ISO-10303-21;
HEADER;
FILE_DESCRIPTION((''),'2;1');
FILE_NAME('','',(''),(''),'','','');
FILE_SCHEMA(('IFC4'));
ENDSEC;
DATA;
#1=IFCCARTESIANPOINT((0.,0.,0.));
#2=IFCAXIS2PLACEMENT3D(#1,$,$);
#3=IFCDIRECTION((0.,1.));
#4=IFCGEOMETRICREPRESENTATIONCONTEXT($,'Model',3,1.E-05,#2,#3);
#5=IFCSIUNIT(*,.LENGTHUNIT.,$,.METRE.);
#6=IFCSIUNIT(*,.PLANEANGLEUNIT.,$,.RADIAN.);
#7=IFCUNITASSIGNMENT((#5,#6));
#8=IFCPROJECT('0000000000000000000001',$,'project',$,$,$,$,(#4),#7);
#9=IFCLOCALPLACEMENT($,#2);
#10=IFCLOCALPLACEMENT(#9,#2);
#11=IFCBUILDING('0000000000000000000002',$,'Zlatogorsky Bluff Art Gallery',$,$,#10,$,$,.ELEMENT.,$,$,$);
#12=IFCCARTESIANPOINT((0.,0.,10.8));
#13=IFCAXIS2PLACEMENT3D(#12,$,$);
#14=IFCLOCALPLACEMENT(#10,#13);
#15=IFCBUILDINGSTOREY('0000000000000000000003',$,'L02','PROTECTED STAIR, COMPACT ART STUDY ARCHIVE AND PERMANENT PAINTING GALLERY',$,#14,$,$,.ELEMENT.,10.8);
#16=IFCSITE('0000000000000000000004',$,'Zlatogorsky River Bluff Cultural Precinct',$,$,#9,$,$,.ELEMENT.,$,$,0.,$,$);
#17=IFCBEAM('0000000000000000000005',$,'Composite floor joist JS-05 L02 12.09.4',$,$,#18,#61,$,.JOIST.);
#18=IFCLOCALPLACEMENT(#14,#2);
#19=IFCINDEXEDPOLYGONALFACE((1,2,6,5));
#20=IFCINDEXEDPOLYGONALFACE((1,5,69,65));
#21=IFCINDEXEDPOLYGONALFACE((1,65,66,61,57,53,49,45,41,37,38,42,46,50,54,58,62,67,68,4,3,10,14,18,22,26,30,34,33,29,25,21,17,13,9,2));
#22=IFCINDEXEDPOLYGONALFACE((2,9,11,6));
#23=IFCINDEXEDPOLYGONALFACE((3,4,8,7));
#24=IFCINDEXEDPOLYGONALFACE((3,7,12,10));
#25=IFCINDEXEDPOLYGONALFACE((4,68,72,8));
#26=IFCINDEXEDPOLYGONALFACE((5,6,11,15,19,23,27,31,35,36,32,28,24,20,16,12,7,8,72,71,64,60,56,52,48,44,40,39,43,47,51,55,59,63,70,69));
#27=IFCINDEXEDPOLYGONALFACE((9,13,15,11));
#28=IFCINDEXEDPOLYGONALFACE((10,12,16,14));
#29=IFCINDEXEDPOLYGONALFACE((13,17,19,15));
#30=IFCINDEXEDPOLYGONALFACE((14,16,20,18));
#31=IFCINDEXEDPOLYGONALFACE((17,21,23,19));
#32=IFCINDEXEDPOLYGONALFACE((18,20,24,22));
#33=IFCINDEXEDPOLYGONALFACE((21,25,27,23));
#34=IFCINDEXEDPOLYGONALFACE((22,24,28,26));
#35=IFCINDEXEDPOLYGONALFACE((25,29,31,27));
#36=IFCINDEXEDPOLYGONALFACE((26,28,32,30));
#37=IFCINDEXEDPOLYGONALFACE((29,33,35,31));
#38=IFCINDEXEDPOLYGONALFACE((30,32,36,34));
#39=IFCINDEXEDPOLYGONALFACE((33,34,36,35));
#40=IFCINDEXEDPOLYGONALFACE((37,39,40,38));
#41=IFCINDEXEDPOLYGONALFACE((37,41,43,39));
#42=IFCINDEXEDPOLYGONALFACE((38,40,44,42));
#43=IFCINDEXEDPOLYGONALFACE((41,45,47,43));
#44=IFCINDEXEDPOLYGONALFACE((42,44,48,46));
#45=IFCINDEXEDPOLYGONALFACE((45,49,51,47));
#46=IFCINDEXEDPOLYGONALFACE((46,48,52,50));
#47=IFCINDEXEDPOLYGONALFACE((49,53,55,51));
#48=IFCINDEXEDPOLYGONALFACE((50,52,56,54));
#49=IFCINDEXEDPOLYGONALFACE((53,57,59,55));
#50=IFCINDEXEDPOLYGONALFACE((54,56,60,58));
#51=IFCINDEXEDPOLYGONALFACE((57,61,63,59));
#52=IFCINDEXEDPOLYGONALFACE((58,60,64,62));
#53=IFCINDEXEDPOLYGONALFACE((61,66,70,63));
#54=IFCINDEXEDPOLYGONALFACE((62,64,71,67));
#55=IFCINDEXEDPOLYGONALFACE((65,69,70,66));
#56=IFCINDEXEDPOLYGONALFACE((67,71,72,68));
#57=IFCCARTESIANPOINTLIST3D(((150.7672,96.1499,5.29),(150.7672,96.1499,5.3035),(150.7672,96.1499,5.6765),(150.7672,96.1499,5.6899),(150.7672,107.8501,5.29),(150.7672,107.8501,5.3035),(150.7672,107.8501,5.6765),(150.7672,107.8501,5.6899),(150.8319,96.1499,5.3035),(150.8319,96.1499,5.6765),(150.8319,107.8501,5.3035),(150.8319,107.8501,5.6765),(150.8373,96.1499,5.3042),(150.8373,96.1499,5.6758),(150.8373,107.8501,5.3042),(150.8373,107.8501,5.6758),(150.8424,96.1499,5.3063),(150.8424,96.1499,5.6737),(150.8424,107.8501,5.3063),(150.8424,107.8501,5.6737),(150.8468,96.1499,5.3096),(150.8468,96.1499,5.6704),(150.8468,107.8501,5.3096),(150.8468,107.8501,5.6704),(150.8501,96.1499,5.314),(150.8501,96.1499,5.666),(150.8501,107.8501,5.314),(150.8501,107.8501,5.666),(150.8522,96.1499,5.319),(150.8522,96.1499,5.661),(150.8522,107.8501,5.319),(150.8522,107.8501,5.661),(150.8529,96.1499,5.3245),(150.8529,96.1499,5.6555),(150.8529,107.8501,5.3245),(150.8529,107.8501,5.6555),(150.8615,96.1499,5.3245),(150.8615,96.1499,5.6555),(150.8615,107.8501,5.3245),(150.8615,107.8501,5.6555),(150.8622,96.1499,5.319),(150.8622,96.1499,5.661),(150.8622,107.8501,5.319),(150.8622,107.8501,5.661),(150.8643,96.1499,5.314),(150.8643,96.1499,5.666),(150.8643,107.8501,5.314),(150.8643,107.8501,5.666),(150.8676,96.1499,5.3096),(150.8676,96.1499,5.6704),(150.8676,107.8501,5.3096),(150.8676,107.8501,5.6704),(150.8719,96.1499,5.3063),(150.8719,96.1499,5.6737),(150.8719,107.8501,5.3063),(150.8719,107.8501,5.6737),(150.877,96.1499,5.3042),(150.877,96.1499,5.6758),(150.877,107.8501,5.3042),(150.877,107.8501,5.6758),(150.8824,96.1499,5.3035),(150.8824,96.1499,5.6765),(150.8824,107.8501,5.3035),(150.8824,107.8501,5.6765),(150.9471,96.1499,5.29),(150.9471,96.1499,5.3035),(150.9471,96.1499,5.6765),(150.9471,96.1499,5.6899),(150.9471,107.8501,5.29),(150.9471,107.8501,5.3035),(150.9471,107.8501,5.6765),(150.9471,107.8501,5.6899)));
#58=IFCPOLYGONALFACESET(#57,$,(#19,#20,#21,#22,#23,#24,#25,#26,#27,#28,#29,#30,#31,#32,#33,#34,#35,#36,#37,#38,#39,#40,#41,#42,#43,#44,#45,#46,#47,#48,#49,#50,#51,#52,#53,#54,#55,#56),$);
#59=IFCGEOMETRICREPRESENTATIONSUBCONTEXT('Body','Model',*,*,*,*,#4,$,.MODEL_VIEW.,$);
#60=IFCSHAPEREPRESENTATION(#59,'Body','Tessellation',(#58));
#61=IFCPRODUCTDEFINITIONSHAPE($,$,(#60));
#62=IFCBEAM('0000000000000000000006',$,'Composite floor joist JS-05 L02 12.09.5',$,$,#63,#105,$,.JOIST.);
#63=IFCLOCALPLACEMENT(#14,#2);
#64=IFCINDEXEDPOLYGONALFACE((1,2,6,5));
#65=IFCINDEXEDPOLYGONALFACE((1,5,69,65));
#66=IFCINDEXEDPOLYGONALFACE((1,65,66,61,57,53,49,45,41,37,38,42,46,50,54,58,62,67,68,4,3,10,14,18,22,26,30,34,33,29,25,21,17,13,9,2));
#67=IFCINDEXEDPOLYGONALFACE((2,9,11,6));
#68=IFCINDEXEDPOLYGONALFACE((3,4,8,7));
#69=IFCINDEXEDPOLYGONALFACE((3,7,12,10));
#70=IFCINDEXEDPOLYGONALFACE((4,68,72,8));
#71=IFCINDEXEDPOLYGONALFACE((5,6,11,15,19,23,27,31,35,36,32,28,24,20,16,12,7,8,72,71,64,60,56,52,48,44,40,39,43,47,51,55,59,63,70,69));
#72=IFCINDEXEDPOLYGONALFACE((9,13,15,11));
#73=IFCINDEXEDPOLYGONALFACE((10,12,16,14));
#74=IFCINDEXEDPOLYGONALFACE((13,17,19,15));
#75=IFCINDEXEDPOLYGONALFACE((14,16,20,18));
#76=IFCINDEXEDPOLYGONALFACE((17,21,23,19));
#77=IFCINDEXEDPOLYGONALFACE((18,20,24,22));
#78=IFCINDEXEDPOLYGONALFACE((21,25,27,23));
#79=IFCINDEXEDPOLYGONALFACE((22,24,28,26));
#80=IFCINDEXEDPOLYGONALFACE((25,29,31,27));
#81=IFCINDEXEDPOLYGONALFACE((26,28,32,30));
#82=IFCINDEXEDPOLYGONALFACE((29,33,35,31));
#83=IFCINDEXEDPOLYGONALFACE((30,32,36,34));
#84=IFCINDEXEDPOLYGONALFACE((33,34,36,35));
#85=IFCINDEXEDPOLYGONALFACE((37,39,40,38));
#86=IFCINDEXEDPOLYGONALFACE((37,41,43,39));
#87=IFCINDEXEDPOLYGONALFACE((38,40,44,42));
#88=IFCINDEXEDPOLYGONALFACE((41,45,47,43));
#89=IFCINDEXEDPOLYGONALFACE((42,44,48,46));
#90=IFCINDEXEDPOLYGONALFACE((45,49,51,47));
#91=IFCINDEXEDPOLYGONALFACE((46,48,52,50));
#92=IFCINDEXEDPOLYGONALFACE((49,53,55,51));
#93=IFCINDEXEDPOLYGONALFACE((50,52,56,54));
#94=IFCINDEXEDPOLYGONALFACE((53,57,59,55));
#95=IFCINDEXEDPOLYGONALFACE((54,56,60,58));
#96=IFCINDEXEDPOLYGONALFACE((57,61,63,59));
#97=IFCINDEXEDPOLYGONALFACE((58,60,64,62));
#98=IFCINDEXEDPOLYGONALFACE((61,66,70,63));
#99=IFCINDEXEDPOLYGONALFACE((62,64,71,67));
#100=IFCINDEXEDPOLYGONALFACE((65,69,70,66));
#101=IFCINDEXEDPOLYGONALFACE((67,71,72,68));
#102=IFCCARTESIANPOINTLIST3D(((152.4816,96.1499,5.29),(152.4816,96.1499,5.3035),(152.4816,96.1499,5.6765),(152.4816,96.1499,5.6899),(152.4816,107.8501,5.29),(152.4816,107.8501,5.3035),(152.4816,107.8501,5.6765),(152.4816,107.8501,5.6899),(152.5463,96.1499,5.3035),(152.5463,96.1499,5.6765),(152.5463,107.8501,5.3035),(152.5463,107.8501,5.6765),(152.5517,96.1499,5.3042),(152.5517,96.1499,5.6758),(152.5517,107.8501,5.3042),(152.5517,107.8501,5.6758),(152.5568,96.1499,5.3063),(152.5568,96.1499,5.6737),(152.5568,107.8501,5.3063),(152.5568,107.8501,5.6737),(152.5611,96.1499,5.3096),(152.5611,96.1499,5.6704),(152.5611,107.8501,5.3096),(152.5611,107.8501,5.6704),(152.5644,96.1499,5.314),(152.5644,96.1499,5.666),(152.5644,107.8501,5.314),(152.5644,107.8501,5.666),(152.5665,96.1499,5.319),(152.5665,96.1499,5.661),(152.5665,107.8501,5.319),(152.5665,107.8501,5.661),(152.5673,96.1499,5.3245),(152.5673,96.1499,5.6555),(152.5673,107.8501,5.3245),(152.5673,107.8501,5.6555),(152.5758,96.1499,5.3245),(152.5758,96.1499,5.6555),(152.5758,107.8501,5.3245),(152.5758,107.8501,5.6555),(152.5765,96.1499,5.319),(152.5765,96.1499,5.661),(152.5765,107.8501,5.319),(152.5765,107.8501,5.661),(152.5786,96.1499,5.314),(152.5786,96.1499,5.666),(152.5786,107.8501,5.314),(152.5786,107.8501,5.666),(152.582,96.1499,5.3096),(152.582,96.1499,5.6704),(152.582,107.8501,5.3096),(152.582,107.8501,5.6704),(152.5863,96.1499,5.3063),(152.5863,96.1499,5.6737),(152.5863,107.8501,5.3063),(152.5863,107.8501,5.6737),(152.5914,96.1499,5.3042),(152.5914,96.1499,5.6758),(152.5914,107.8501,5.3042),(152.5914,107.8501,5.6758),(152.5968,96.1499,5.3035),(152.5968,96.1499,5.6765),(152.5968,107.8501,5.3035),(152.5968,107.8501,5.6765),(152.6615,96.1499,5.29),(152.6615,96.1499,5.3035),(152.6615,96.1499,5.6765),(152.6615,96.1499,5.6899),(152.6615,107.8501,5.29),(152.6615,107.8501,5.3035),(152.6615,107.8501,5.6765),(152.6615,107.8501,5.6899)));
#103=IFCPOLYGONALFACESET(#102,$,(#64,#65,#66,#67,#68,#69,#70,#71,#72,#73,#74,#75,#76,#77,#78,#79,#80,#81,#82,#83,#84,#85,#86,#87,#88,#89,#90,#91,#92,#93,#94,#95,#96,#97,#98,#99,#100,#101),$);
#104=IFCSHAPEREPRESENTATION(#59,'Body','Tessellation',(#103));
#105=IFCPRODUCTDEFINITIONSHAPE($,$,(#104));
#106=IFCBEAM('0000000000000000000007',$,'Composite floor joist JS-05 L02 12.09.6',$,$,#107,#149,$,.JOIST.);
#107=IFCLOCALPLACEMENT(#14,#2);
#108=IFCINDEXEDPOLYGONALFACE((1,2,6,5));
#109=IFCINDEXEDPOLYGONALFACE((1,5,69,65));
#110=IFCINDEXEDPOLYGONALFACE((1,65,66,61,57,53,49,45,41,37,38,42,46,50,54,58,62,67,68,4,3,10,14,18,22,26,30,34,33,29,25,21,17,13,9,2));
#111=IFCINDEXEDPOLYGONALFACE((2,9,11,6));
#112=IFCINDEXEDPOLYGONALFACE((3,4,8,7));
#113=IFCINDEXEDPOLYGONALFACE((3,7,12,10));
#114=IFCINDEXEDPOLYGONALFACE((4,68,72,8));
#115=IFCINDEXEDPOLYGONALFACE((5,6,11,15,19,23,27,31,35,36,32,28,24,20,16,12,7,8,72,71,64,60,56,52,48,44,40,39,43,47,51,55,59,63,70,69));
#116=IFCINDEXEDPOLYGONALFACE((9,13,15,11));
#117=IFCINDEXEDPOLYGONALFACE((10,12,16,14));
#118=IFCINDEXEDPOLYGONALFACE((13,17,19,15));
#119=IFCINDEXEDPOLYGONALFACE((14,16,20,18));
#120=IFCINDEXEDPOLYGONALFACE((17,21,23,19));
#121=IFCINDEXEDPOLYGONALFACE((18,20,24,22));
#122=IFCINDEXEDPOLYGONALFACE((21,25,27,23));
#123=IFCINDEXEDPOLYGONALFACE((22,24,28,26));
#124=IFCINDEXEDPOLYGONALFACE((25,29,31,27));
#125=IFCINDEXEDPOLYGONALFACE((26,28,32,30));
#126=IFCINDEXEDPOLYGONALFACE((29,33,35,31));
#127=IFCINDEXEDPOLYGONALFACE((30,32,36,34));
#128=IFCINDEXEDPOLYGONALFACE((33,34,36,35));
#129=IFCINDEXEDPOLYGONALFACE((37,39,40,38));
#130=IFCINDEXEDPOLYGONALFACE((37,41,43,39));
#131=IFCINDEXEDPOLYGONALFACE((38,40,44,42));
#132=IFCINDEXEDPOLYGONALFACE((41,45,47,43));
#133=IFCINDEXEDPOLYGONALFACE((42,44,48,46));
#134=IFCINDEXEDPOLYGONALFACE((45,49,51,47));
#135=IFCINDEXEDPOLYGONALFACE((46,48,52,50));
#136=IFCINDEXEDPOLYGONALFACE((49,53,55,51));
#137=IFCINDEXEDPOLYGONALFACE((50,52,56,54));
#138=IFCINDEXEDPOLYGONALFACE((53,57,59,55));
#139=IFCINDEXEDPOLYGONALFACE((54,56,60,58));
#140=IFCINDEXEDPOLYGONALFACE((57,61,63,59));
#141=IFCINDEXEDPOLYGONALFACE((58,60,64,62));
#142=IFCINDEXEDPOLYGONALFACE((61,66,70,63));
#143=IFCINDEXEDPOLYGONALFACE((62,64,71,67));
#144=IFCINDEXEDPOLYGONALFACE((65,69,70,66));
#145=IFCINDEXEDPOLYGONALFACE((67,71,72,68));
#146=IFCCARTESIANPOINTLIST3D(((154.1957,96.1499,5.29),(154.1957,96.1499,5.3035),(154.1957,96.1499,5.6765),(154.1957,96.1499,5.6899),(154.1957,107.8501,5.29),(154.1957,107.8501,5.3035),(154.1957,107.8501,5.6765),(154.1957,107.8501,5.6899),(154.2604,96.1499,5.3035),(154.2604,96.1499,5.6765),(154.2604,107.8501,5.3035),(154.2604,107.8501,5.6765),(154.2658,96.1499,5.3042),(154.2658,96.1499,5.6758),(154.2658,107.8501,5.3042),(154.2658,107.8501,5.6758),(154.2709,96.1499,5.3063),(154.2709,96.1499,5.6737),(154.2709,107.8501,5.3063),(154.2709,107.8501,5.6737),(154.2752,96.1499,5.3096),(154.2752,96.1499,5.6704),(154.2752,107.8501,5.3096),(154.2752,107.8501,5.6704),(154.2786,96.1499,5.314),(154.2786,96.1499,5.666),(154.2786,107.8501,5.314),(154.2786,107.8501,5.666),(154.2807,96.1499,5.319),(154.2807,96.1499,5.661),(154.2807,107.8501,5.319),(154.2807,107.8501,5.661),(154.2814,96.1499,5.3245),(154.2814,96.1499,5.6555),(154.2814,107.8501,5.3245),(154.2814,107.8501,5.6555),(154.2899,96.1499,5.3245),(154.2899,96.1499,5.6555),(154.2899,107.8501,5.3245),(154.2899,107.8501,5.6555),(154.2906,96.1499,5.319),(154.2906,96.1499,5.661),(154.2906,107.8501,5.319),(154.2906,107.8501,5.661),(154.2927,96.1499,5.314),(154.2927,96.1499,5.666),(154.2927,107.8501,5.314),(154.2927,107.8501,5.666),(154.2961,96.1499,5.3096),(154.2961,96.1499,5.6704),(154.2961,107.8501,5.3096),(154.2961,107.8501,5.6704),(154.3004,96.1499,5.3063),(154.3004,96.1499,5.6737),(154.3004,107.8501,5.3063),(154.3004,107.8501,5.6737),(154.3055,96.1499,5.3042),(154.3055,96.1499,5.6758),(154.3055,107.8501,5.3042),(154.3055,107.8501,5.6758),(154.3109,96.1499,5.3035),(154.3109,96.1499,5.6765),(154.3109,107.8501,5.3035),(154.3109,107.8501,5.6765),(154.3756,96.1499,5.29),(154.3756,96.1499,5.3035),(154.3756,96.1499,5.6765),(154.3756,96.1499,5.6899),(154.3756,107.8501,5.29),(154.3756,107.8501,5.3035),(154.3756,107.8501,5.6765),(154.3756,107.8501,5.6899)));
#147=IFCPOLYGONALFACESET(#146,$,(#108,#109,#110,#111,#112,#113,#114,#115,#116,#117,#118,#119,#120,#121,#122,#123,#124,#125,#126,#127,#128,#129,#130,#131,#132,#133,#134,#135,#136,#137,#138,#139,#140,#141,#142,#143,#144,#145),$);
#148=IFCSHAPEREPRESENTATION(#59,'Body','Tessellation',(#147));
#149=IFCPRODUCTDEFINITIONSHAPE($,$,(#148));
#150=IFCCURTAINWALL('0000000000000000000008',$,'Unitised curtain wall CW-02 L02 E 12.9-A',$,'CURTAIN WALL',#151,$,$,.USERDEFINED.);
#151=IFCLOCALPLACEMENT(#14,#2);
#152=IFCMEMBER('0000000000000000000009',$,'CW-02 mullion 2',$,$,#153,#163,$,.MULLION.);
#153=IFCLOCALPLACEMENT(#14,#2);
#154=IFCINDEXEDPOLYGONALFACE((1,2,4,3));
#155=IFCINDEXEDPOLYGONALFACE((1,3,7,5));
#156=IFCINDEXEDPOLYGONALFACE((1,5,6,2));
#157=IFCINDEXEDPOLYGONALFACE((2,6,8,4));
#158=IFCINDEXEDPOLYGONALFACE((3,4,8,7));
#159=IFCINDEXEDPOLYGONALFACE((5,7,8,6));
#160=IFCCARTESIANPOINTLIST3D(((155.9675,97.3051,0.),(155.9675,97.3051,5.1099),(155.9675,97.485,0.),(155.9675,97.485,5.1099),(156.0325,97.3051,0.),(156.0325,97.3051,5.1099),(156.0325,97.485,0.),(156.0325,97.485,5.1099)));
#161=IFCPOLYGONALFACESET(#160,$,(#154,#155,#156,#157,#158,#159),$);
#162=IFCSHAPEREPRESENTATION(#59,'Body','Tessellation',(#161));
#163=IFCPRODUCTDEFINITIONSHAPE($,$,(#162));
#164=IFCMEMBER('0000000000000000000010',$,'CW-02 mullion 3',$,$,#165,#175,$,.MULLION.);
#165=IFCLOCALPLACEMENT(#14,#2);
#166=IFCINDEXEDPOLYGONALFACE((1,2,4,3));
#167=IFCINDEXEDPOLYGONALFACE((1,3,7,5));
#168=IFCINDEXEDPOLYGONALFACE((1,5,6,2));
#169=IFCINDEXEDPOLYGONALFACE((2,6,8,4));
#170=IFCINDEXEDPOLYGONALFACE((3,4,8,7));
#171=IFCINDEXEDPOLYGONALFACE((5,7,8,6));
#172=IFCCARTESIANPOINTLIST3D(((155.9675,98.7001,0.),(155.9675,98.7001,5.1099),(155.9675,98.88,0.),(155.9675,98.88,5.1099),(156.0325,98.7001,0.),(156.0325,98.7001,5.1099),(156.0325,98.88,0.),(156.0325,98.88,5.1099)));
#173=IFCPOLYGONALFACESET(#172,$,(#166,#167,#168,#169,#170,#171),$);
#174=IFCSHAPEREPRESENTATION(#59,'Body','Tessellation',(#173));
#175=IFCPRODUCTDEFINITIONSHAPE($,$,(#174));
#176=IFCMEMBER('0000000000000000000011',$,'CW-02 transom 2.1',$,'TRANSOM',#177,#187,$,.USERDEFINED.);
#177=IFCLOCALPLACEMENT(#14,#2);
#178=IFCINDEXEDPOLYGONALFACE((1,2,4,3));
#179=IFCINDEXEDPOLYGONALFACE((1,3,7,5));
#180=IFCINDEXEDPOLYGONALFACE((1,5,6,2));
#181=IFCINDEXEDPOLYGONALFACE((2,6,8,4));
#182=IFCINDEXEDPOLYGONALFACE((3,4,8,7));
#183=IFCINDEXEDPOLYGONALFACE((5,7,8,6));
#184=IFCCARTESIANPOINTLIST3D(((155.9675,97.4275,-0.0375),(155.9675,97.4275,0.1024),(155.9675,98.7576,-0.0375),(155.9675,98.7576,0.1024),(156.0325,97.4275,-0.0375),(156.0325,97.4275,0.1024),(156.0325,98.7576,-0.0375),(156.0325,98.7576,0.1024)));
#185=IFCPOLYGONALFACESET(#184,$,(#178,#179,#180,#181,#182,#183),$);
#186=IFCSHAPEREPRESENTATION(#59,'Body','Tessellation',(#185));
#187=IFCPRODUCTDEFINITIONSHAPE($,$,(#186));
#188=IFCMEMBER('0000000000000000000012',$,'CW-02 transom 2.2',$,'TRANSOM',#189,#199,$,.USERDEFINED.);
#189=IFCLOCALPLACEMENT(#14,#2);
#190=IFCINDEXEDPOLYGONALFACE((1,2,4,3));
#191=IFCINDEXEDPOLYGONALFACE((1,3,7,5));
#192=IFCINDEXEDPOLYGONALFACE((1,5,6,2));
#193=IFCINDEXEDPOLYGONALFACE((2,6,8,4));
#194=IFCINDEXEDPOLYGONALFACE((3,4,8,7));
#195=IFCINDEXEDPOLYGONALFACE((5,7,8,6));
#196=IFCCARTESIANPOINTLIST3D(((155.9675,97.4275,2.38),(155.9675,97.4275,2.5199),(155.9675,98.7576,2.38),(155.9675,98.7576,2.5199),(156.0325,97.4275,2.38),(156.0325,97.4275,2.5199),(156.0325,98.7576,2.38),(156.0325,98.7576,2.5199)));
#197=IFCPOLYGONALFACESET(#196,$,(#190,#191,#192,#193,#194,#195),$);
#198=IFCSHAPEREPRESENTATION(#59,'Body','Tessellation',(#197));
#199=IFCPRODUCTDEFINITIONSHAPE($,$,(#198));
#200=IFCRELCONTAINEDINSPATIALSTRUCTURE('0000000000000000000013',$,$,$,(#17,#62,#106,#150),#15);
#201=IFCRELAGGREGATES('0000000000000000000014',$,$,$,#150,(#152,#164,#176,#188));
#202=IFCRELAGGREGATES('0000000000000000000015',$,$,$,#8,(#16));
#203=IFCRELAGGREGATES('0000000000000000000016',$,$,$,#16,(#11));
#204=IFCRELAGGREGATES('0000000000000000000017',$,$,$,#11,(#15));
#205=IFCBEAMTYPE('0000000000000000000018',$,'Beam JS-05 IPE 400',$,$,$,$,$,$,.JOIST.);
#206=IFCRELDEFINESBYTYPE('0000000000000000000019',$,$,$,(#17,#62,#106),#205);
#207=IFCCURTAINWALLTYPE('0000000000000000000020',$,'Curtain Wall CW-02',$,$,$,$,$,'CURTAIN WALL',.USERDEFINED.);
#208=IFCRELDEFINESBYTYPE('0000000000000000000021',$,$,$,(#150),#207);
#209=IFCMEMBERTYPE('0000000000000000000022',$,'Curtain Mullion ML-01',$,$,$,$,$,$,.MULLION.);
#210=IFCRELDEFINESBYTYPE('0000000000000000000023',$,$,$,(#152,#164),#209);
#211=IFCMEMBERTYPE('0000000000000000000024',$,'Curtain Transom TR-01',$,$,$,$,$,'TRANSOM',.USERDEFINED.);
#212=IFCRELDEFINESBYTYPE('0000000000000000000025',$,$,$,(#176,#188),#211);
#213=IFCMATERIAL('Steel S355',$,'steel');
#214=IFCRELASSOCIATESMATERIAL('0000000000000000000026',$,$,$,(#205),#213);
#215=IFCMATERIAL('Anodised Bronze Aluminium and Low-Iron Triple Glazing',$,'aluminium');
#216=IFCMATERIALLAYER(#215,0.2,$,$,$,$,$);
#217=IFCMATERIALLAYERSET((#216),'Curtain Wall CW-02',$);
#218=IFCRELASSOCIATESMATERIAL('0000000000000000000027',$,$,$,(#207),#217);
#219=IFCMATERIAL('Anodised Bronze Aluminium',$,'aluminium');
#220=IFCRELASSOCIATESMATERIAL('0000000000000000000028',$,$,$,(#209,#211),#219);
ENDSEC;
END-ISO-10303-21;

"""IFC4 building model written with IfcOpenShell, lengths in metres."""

from ifc_helpers import new_model, si_unit, direction, frame, origin, origin_2d, place, context, subcontext, project, spatial, rectangle, i_section, extrude, material, layer, layer_set, material_profile, profile_set, type_object, element, aggregate, save


model = new_model("IFC4")

# Units and contexts
model_context = context("Model", 3, precision=1e-05, world=origin(), true_north=direction((0.0, 1.0)))
body_context = subcontext(model_context, "Body", "Model", "MODEL_VIEW")
ifc_project = project(units=[si_unit("LENGTHUNIT", "METRE"), si_unit("PLANEANGLEUNIT", "RADIAN")], contexts=[model_context])

# Site, building, storey
site_placement = place(None, origin())
site = spatial("IfcSite", under=ifc_project, at=site_placement, Name="Zlatogorsky River Bluff Cultural Precinct", CompositionType="ELEMENT", RefElevation=0.0)
building_placement = place(site_placement, origin())
building = spatial("IfcBuilding", under=site, at=building_placement, Name="Zlatogorsky Bluff Art Gallery", CompositionType="ELEMENT")
storey_placement = place(building_placement, frame((0.0, 0.0, 10.8)))
storey = spatial("IfcBuildingStorey", under=building, at=storey_placement, Name="L02", Description="PROTECTED STAIR, COMPACT ART STUDY ARCHIVE AND PERMANENT PAINTING GALLERY", CompositionType="ELEMENT", Elevation=10.8)

# Beams
ifc_material_1 = material(Name="Steel S355", Category="steel")
ifc_material_profile_1 = material_profile(ifc_material_1, i_section(OverallWidth=0.1799, OverallDepth=0.3999, WebThickness=0.0085, FlangeThickness=0.0134, FilletRadius=0.021, at=origin_2d()), Name="IPE 400")
ifc_profile_set_1 = profile_set([ifc_material_profile_1], Name="Steel S355")
beam_type = type_object("IfcBeamType", Name="Beam JS-05 IPE 400", PredefinedType="JOIST", material=ifc_profile_set_1)
for number, where, z_axis, x_axis, name in (
    (1, (150.8572, 96.1499, 5.49), (0.0, 1.0, 0.0), (-1.0, 0.0, 0.0), "Composite floor joist JS-05 L02 12.09.4"),
    (2, (152.5715, 96.1499, 5.49), (0.0, 1.0, 0.0), (-1.0, 0.0, 0.0), "Composite floor joist JS-05 L02 12.09.5"),
    (3, (154.2856, 96.1499, 5.49), (0.0, 1.0, 0.0), (-1.0, 0.0, 0.0), "Composite floor joist JS-05 L02 12.09.6"),
):
    element("IfcBeam", number, at=place(storey_placement, frame(where, z_axis=z_axis, x_axis=x_axis)), inside=storey, type_object=beam_type, Name=name, PredefinedType="JOIST", context=body_context, shape_type="SweptSolid", body=[
        extrude(i_section(OverallWidth=0.1799, OverallDepth=0.3999, WebThickness=0.0085, FlangeThickness=0.0134, FilletRadius=0.021, at=origin_2d()), origin(), (0.0, 0.0, 1.0), 11.7002),
    ])

# Curtain wall, members
ifc_material_2 = material(Name="Anodised Bronze Aluminium and Low-Iron Triple Glazing", Category="aluminium")
ifc_layer_1 = layer(ifc_material_2, 0.2)
ifc_layer_set_1 = layer_set([ifc_layer_1], Name="Curtain Wall CW-02")
curtain_wall_type = type_object("IfcCurtainWallType", Name="Curtain Wall CW-02", ElementType="CURTAIN WALL", PredefinedType="USERDEFINED", material=ifc_layer_set_1)
curtain_wall_placement = place(storey_placement, origin())
curtain_wall = element("IfcCurtainWall", 4, at=curtain_wall_placement, inside=storey, type_object=curtain_wall_type, Name="Unitised curtain wall CW-02 L02 E 12.9-A", ObjectType="CURTAIN WALL", PredefinedType="USERDEFINED")
ifc_material_3 = material(Name="Anodised Bronze Aluminium", Category="aluminium")
ifc_material_profile_2 = material_profile(ifc_material_3, rectangle(XDim=0.0649, YDim=0.1799, at=origin_2d()), Name="ALU MULLION 65x180")
ifc_profile_set_2 = profile_set([ifc_material_profile_2], Name="Anodised Bronze Aluminium")
member_type_1 = type_object("IfcMemberType", Name="Curtain Mullion ML-01", PredefinedType="MULLION", material=ifc_profile_set_2)
member_1_placement = place(storey_placement, frame((156.0, 97.395, 0.0), z_axis=(0.0, 0.0, 1.0), x_axis=(-1.0, 0.0, 0.0)))
member_1 = element("IfcMember", 5, at=member_1_placement, type_object=member_type_1, Name="CW-02 mullion 2", PredefinedType="MULLION", context=body_context, shape_type="SweptSolid", body=[
    extrude(rectangle(XDim=0.0649, YDim=0.1799, at=origin_2d()), origin(), (0.0, 0.0, 1.0), 5.1099),
])
member_2_placement = place(storey_placement, frame((156.0, 98.79, 0.0), z_axis=(0.0, 0.0, 1.0), x_axis=(-1.0, 0.0, 0.0)))
member_2 = element("IfcMember", 6, at=member_2_placement, type_object=member_type_1, Name="CW-02 mullion 3", PredefinedType="MULLION", context=body_context, shape_type="SweptSolid", body=[
    extrude(rectangle(XDim=0.0649, YDim=0.1799, at=origin_2d()), origin(), (0.0, 0.0, 1.0), 5.1099),
])
ifc_material_profile_3 = material_profile(ifc_material_3, rectangle(XDim=0.0649, YDim=0.1399, at=origin_2d()), Name="ALU TRANSOM 65x140")
ifc_profile_set_3 = profile_set([ifc_material_profile_3], Name="Anodised Bronze Aluminium")
member_type_2 = type_object("IfcMemberType", Name="Curtain Transom TR-01", ElementType="TRANSOM", PredefinedType="USERDEFINED", material=ifc_profile_set_3)
member_3_placement = place(storey_placement, frame((156.0, 97.4275, 0.0325), z_axis=(0.0, 1.0, 0.0), x_axis=(-1.0, 0.0, 0.0)))
member_3 = element("IfcMember", 7, at=member_3_placement, type_object=member_type_2, Name="CW-02 transom 2.1", ObjectType="TRANSOM", PredefinedType="USERDEFINED", context=body_context, shape_type="SweptSolid", body=[
    extrude(rectangle(XDim=0.0649, YDim=0.1399, at=origin_2d()), origin(), (0.0, 0.0, 1.0), 1.3301),
])
member_4_placement = place(storey_placement, frame((156.0, 97.4275, 2.45), z_axis=(0.0, 1.0, 0.0), x_axis=(-1.0, 0.0, 0.0)))
member_4 = element("IfcMember", 8, at=member_4_placement, type_object=member_type_2, Name="CW-02 transom 2.2", ObjectType="TRANSOM", PredefinedType="USERDEFINED", context=body_context, shape_type="SweptSolid", body=[
    extrude(rectangle(XDim=0.0649, YDim=0.1399, at=origin_2d()), origin(), (0.0, 0.0, 1.0), 1.3301),
])
aggregate(curtain_wall, [member_1, member_2, member_3, member_4])

save(model, "model.ifc")
